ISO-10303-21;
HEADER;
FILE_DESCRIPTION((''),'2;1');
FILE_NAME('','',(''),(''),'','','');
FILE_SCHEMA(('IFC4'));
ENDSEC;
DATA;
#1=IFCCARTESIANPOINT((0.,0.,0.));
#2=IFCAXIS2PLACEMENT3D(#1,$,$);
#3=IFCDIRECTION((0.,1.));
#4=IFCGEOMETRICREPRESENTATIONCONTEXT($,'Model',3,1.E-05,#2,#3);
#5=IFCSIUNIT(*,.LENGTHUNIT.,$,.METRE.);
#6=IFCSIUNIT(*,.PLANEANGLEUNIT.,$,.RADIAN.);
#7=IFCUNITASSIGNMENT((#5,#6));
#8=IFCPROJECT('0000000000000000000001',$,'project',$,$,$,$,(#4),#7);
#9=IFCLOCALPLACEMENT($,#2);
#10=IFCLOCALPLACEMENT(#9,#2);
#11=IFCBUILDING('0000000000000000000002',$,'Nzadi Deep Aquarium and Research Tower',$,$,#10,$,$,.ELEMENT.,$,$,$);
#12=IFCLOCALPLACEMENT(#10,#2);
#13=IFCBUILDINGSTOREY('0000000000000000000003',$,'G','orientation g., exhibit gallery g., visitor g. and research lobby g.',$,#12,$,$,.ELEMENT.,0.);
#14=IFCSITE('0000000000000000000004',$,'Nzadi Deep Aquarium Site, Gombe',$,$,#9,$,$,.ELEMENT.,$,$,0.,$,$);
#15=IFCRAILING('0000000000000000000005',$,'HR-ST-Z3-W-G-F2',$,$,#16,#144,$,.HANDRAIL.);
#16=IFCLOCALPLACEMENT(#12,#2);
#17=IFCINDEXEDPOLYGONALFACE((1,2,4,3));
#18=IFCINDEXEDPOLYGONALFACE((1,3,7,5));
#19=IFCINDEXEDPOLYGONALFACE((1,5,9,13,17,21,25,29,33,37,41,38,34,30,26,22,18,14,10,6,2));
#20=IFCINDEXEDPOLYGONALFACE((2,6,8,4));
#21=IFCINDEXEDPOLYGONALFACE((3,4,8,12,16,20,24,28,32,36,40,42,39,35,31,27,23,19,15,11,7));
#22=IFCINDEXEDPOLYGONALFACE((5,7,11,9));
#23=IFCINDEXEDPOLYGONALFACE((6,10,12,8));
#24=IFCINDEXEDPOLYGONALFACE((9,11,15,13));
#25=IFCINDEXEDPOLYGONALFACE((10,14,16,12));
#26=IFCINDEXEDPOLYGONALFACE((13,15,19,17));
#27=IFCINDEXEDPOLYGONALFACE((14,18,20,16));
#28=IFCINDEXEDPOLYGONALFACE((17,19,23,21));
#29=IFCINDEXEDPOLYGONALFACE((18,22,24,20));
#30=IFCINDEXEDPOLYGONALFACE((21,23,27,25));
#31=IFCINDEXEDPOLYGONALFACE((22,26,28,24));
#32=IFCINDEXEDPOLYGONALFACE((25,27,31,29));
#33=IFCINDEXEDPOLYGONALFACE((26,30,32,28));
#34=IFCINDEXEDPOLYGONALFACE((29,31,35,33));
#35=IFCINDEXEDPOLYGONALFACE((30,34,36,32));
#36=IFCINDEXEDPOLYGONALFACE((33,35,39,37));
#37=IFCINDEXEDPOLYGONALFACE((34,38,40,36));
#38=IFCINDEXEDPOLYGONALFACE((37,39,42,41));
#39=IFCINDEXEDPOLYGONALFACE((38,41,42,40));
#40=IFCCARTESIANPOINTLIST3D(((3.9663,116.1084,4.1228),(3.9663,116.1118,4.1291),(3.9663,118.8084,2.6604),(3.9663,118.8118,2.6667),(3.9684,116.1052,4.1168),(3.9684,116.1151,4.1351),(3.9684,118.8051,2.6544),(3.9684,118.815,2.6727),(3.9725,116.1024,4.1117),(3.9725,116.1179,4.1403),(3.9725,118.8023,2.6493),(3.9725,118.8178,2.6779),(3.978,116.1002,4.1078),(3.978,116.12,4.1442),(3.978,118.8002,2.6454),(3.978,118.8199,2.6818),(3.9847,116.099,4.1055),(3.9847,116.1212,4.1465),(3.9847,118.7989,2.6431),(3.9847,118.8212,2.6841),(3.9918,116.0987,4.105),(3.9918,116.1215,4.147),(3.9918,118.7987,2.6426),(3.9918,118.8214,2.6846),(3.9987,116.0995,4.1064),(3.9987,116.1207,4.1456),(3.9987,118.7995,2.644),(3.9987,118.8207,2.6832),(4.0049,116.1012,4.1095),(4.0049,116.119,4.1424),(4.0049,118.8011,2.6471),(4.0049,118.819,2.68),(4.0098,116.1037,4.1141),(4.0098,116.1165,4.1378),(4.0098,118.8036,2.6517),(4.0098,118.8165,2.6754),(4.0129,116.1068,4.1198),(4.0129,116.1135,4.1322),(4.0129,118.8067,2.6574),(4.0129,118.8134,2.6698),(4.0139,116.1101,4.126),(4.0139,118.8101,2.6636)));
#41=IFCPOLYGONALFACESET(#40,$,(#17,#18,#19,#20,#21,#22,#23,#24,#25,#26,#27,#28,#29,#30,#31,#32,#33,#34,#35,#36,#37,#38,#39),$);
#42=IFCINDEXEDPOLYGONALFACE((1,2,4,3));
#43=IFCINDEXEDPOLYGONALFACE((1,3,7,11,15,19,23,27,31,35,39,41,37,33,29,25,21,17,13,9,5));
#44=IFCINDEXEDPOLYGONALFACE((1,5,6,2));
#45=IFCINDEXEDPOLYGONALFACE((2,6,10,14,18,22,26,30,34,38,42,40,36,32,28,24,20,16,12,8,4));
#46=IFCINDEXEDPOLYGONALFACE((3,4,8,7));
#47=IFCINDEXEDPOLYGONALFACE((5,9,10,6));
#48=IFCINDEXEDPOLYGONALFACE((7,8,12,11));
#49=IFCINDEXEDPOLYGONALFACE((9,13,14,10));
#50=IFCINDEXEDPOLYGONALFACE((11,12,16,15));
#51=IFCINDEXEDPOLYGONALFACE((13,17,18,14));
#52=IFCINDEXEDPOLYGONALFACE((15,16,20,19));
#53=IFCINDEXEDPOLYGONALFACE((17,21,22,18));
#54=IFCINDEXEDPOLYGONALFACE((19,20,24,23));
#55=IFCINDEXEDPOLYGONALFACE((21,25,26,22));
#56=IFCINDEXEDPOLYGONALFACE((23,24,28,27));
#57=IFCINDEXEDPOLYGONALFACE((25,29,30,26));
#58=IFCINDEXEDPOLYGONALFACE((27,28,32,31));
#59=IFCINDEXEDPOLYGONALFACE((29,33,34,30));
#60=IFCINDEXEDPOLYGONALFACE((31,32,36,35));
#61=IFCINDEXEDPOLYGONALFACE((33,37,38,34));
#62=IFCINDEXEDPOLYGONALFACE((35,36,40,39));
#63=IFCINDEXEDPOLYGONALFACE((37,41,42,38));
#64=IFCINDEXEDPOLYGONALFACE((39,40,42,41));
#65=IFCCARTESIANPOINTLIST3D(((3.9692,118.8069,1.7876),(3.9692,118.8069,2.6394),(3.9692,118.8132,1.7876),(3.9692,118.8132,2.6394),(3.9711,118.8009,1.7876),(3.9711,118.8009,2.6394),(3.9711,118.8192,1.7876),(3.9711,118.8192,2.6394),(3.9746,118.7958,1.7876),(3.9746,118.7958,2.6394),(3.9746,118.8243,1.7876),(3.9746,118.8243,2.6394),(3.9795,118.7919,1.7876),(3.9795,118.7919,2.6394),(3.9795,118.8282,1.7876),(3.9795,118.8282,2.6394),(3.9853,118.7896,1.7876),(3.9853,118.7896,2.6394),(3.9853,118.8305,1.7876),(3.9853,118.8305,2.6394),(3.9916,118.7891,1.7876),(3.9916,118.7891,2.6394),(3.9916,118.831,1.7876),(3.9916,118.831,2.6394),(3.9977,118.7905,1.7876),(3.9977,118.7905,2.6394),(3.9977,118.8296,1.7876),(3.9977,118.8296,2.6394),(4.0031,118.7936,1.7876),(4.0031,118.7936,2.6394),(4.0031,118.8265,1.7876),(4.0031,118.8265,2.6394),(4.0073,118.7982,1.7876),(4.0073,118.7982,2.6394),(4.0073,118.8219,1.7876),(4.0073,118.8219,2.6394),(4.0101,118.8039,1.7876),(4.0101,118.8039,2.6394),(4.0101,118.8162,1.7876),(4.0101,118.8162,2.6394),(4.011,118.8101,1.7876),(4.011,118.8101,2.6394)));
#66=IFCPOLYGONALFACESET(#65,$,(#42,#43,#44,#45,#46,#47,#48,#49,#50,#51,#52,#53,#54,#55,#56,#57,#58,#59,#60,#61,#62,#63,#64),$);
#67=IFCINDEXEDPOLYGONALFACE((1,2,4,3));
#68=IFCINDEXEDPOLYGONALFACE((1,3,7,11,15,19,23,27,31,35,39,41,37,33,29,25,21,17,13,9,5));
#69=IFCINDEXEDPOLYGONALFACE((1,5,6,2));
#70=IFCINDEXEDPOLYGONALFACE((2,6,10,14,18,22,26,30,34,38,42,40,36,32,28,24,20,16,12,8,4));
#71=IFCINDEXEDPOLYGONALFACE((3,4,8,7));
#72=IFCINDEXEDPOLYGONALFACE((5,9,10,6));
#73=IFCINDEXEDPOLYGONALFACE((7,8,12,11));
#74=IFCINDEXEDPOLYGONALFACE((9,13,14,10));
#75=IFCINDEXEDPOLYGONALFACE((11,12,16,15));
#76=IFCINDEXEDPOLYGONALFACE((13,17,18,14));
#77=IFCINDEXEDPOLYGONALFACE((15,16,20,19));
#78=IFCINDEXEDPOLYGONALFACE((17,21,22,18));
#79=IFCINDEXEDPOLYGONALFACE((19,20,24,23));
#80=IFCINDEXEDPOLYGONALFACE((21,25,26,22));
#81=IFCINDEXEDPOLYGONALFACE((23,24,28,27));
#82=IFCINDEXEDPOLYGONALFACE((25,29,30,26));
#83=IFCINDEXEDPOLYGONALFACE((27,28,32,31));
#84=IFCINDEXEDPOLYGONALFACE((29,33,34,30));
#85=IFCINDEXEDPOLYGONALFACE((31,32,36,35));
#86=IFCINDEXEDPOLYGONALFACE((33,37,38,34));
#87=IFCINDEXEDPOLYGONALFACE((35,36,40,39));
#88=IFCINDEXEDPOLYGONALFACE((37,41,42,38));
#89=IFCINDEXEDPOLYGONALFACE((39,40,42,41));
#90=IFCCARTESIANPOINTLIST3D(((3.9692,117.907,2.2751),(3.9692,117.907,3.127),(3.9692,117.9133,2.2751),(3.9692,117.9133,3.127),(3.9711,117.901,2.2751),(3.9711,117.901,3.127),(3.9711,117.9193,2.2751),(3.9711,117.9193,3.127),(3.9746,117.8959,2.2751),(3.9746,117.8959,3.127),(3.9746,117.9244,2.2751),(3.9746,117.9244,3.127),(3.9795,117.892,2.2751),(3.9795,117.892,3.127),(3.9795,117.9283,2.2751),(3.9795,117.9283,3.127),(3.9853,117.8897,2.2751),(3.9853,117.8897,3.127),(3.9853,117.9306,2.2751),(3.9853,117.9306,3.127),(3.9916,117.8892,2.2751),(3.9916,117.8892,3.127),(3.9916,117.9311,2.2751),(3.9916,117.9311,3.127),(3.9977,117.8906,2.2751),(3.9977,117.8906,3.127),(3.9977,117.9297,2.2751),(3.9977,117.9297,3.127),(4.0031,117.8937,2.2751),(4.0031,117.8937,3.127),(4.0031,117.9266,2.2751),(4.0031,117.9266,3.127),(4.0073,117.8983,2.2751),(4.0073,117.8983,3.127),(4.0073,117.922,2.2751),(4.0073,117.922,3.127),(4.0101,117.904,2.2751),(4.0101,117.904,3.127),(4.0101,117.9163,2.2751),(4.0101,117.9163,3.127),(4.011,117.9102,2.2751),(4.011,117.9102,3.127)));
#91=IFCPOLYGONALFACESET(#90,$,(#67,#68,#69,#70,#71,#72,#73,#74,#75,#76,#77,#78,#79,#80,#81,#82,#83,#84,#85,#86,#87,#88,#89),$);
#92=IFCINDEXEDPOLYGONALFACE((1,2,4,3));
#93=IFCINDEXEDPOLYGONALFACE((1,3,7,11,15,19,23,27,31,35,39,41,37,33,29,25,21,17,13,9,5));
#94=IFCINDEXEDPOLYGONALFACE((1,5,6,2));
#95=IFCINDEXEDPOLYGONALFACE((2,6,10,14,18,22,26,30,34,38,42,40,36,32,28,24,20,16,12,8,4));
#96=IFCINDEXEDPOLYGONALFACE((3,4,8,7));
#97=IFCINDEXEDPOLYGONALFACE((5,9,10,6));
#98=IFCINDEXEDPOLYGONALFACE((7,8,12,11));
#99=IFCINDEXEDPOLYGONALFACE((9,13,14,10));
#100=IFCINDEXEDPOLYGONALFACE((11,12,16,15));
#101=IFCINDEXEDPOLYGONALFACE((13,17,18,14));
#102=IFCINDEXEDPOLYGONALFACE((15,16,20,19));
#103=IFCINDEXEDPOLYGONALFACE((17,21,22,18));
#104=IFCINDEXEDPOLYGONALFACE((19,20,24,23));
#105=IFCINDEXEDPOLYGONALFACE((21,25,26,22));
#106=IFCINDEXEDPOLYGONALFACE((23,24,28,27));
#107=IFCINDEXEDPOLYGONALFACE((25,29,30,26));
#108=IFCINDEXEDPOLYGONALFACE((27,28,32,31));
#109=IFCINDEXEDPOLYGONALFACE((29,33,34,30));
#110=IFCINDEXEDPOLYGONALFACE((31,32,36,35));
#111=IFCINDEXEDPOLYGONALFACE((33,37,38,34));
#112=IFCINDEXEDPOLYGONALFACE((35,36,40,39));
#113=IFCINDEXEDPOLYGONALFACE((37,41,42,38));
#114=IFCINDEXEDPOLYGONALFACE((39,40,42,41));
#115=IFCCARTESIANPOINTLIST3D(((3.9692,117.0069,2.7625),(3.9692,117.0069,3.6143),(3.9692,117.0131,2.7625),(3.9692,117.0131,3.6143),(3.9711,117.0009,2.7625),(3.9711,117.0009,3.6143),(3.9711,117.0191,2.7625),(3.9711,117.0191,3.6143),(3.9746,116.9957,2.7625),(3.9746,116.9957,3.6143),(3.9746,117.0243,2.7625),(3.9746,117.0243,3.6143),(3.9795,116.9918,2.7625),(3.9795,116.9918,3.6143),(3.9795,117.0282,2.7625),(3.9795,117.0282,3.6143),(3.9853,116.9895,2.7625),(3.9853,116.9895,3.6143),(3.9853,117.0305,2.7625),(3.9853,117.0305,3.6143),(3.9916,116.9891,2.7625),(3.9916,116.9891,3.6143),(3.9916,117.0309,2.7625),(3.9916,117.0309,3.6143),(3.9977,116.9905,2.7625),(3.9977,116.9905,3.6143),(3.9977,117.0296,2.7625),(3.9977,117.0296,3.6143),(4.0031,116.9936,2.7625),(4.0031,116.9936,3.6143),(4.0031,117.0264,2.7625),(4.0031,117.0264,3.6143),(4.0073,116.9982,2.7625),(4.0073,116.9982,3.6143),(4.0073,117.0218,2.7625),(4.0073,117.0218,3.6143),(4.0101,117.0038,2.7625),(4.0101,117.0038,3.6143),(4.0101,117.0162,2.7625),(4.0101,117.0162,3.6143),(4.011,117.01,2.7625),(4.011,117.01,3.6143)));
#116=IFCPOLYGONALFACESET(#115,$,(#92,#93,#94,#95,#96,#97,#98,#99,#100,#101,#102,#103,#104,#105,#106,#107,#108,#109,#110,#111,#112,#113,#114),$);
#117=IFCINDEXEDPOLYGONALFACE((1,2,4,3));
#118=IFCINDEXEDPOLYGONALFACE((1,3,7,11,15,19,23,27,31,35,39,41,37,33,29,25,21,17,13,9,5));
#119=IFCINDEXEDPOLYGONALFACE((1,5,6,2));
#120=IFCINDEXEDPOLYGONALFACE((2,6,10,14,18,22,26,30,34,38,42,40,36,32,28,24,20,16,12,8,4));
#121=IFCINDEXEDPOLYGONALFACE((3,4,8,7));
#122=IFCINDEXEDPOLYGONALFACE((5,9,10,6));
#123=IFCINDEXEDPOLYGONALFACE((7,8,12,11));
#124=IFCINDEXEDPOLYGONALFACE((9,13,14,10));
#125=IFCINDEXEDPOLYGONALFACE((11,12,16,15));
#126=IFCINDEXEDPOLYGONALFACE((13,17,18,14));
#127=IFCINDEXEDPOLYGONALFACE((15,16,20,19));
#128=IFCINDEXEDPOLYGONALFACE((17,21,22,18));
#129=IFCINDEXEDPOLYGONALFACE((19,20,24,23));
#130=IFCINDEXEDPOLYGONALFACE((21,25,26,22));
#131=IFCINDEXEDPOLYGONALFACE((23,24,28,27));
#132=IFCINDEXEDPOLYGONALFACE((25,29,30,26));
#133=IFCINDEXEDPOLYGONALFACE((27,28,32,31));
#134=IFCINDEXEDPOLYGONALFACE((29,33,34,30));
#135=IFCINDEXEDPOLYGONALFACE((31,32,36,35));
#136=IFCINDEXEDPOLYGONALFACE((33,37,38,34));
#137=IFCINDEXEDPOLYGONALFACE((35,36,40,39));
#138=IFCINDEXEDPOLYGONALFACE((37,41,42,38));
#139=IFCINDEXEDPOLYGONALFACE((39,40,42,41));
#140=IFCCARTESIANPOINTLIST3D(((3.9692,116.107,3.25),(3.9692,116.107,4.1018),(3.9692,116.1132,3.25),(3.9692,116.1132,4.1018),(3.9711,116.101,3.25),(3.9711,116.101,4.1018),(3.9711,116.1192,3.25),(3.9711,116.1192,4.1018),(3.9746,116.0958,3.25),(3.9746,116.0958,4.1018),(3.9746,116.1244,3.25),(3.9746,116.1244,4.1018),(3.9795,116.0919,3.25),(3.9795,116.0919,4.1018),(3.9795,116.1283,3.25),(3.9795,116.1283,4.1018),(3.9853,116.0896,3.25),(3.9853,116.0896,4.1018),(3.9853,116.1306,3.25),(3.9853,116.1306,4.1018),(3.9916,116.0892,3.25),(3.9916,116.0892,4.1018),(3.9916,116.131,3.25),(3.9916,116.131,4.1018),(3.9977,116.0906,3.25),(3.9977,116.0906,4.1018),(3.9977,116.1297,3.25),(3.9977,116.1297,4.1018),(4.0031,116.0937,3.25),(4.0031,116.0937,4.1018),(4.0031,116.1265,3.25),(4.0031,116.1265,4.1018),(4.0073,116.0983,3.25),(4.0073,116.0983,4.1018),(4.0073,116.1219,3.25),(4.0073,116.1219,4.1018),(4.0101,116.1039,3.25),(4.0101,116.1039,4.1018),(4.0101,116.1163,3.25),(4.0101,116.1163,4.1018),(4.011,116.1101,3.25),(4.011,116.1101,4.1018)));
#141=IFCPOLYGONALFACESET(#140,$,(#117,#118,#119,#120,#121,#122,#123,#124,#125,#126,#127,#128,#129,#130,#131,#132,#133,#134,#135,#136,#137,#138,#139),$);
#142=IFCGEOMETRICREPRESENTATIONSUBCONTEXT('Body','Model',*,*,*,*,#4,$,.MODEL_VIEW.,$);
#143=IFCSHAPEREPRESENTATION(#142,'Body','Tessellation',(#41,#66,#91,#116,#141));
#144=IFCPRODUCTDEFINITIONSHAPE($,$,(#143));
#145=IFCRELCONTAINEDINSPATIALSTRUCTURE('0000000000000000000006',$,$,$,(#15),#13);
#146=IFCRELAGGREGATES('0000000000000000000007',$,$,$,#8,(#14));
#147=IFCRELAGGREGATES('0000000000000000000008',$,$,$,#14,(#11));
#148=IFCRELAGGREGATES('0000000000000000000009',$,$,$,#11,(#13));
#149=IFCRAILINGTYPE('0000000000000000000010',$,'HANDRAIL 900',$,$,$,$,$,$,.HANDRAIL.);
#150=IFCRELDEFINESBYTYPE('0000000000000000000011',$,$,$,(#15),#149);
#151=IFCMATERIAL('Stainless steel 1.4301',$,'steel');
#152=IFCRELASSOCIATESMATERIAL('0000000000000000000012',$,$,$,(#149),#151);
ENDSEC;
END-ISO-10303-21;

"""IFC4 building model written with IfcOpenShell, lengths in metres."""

from ifc_helpers import new_model, si_unit, direction, frame, origin, origin_2d, place, context, subcontext, project, spatial, circle, extrude, material, type_object, element, save


model = new_model("IFC4")

# Units and contexts
model_context = context("Model", 3, precision=1e-05, world=origin(), true_north=direction((0.0, 1.0)))
body_context = subcontext(model_context, "Body", "Model", "MODEL_VIEW")
ifc_project = project(units=[si_unit("LENGTHUNIT", "METRE"), si_unit("PLANEANGLEUNIT", "RADIAN")], contexts=[model_context])

# Site, building, storey
site_placement = place(None, origin())
site = spatial("IfcSite", under=ifc_project, at=site_placement, Name="Nzadi Deep Aquarium Site, Gombe", CompositionType="ELEMENT", RefElevation=0.0)
building_placement = place(site_placement, origin())
building = spatial("IfcBuilding", under=site, at=building_placement, Name="Nzadi Deep Aquarium and Research Tower", CompositionType="ELEMENT")
storey_placement = place(building_placement, origin())
storey = spatial("IfcBuildingStorey", under=building, at=storey_placement, Name="G", Description="orientation g., exhibit gallery g., visitor g. and research lobby g.", CompositionType="ELEMENT", Elevation=0.0)

# Railing
ifc_material_1 = material(Name="Stainless steel 1.4301", Category="steel")
railing_type = type_object("IfcRailingType", Name="HANDRAIL 900", PredefinedType="HANDRAIL", material=ifc_material_1)
for number, where, name in (
    (1, (3.99, 118.8101, 1.7876), "HR-ST-Z3-W-G-F2"),
):
    element("IfcRailing", number, at=place(storey_placement, frame(where)), inside=storey, type_object=railing_type, Name=name, PredefinedType="HANDRAIL", context=body_context, shape_type="SweptSolid", body=[
        extrude(circle(Radius=0.0239, at=origin_2d()), frame((0.0, 0.0, 0.876), z_axis=(0.0, -0.879302, 0.476265), x_axis=(1.0, 0.0, 0.0)), (0.0, 0.0, 1.0), 3.0706),
        extrude(circle(Radius=0.021, at=origin_2d()), origin(), (0.0, 0.0, 1.0), 0.8518),
        extrude(circle(Radius=0.021, at=origin_2d()), frame((0.0, -0.8999, 0.4875)), (0.0, 0.0, 1.0), 0.8518),
        extrude(circle(Radius=0.021, at=origin_2d()), frame((0.0, -1.8, 0.9749)), (0.0, 0.0, 1.0), 0.8518),
        extrude(circle(Radius=0.021, at=origin_2d()), frame((0.0, -2.7, 1.4624)), (0.0, 0.0, 1.0), 0.8518),
    ])

save(model, "model.ifc")
